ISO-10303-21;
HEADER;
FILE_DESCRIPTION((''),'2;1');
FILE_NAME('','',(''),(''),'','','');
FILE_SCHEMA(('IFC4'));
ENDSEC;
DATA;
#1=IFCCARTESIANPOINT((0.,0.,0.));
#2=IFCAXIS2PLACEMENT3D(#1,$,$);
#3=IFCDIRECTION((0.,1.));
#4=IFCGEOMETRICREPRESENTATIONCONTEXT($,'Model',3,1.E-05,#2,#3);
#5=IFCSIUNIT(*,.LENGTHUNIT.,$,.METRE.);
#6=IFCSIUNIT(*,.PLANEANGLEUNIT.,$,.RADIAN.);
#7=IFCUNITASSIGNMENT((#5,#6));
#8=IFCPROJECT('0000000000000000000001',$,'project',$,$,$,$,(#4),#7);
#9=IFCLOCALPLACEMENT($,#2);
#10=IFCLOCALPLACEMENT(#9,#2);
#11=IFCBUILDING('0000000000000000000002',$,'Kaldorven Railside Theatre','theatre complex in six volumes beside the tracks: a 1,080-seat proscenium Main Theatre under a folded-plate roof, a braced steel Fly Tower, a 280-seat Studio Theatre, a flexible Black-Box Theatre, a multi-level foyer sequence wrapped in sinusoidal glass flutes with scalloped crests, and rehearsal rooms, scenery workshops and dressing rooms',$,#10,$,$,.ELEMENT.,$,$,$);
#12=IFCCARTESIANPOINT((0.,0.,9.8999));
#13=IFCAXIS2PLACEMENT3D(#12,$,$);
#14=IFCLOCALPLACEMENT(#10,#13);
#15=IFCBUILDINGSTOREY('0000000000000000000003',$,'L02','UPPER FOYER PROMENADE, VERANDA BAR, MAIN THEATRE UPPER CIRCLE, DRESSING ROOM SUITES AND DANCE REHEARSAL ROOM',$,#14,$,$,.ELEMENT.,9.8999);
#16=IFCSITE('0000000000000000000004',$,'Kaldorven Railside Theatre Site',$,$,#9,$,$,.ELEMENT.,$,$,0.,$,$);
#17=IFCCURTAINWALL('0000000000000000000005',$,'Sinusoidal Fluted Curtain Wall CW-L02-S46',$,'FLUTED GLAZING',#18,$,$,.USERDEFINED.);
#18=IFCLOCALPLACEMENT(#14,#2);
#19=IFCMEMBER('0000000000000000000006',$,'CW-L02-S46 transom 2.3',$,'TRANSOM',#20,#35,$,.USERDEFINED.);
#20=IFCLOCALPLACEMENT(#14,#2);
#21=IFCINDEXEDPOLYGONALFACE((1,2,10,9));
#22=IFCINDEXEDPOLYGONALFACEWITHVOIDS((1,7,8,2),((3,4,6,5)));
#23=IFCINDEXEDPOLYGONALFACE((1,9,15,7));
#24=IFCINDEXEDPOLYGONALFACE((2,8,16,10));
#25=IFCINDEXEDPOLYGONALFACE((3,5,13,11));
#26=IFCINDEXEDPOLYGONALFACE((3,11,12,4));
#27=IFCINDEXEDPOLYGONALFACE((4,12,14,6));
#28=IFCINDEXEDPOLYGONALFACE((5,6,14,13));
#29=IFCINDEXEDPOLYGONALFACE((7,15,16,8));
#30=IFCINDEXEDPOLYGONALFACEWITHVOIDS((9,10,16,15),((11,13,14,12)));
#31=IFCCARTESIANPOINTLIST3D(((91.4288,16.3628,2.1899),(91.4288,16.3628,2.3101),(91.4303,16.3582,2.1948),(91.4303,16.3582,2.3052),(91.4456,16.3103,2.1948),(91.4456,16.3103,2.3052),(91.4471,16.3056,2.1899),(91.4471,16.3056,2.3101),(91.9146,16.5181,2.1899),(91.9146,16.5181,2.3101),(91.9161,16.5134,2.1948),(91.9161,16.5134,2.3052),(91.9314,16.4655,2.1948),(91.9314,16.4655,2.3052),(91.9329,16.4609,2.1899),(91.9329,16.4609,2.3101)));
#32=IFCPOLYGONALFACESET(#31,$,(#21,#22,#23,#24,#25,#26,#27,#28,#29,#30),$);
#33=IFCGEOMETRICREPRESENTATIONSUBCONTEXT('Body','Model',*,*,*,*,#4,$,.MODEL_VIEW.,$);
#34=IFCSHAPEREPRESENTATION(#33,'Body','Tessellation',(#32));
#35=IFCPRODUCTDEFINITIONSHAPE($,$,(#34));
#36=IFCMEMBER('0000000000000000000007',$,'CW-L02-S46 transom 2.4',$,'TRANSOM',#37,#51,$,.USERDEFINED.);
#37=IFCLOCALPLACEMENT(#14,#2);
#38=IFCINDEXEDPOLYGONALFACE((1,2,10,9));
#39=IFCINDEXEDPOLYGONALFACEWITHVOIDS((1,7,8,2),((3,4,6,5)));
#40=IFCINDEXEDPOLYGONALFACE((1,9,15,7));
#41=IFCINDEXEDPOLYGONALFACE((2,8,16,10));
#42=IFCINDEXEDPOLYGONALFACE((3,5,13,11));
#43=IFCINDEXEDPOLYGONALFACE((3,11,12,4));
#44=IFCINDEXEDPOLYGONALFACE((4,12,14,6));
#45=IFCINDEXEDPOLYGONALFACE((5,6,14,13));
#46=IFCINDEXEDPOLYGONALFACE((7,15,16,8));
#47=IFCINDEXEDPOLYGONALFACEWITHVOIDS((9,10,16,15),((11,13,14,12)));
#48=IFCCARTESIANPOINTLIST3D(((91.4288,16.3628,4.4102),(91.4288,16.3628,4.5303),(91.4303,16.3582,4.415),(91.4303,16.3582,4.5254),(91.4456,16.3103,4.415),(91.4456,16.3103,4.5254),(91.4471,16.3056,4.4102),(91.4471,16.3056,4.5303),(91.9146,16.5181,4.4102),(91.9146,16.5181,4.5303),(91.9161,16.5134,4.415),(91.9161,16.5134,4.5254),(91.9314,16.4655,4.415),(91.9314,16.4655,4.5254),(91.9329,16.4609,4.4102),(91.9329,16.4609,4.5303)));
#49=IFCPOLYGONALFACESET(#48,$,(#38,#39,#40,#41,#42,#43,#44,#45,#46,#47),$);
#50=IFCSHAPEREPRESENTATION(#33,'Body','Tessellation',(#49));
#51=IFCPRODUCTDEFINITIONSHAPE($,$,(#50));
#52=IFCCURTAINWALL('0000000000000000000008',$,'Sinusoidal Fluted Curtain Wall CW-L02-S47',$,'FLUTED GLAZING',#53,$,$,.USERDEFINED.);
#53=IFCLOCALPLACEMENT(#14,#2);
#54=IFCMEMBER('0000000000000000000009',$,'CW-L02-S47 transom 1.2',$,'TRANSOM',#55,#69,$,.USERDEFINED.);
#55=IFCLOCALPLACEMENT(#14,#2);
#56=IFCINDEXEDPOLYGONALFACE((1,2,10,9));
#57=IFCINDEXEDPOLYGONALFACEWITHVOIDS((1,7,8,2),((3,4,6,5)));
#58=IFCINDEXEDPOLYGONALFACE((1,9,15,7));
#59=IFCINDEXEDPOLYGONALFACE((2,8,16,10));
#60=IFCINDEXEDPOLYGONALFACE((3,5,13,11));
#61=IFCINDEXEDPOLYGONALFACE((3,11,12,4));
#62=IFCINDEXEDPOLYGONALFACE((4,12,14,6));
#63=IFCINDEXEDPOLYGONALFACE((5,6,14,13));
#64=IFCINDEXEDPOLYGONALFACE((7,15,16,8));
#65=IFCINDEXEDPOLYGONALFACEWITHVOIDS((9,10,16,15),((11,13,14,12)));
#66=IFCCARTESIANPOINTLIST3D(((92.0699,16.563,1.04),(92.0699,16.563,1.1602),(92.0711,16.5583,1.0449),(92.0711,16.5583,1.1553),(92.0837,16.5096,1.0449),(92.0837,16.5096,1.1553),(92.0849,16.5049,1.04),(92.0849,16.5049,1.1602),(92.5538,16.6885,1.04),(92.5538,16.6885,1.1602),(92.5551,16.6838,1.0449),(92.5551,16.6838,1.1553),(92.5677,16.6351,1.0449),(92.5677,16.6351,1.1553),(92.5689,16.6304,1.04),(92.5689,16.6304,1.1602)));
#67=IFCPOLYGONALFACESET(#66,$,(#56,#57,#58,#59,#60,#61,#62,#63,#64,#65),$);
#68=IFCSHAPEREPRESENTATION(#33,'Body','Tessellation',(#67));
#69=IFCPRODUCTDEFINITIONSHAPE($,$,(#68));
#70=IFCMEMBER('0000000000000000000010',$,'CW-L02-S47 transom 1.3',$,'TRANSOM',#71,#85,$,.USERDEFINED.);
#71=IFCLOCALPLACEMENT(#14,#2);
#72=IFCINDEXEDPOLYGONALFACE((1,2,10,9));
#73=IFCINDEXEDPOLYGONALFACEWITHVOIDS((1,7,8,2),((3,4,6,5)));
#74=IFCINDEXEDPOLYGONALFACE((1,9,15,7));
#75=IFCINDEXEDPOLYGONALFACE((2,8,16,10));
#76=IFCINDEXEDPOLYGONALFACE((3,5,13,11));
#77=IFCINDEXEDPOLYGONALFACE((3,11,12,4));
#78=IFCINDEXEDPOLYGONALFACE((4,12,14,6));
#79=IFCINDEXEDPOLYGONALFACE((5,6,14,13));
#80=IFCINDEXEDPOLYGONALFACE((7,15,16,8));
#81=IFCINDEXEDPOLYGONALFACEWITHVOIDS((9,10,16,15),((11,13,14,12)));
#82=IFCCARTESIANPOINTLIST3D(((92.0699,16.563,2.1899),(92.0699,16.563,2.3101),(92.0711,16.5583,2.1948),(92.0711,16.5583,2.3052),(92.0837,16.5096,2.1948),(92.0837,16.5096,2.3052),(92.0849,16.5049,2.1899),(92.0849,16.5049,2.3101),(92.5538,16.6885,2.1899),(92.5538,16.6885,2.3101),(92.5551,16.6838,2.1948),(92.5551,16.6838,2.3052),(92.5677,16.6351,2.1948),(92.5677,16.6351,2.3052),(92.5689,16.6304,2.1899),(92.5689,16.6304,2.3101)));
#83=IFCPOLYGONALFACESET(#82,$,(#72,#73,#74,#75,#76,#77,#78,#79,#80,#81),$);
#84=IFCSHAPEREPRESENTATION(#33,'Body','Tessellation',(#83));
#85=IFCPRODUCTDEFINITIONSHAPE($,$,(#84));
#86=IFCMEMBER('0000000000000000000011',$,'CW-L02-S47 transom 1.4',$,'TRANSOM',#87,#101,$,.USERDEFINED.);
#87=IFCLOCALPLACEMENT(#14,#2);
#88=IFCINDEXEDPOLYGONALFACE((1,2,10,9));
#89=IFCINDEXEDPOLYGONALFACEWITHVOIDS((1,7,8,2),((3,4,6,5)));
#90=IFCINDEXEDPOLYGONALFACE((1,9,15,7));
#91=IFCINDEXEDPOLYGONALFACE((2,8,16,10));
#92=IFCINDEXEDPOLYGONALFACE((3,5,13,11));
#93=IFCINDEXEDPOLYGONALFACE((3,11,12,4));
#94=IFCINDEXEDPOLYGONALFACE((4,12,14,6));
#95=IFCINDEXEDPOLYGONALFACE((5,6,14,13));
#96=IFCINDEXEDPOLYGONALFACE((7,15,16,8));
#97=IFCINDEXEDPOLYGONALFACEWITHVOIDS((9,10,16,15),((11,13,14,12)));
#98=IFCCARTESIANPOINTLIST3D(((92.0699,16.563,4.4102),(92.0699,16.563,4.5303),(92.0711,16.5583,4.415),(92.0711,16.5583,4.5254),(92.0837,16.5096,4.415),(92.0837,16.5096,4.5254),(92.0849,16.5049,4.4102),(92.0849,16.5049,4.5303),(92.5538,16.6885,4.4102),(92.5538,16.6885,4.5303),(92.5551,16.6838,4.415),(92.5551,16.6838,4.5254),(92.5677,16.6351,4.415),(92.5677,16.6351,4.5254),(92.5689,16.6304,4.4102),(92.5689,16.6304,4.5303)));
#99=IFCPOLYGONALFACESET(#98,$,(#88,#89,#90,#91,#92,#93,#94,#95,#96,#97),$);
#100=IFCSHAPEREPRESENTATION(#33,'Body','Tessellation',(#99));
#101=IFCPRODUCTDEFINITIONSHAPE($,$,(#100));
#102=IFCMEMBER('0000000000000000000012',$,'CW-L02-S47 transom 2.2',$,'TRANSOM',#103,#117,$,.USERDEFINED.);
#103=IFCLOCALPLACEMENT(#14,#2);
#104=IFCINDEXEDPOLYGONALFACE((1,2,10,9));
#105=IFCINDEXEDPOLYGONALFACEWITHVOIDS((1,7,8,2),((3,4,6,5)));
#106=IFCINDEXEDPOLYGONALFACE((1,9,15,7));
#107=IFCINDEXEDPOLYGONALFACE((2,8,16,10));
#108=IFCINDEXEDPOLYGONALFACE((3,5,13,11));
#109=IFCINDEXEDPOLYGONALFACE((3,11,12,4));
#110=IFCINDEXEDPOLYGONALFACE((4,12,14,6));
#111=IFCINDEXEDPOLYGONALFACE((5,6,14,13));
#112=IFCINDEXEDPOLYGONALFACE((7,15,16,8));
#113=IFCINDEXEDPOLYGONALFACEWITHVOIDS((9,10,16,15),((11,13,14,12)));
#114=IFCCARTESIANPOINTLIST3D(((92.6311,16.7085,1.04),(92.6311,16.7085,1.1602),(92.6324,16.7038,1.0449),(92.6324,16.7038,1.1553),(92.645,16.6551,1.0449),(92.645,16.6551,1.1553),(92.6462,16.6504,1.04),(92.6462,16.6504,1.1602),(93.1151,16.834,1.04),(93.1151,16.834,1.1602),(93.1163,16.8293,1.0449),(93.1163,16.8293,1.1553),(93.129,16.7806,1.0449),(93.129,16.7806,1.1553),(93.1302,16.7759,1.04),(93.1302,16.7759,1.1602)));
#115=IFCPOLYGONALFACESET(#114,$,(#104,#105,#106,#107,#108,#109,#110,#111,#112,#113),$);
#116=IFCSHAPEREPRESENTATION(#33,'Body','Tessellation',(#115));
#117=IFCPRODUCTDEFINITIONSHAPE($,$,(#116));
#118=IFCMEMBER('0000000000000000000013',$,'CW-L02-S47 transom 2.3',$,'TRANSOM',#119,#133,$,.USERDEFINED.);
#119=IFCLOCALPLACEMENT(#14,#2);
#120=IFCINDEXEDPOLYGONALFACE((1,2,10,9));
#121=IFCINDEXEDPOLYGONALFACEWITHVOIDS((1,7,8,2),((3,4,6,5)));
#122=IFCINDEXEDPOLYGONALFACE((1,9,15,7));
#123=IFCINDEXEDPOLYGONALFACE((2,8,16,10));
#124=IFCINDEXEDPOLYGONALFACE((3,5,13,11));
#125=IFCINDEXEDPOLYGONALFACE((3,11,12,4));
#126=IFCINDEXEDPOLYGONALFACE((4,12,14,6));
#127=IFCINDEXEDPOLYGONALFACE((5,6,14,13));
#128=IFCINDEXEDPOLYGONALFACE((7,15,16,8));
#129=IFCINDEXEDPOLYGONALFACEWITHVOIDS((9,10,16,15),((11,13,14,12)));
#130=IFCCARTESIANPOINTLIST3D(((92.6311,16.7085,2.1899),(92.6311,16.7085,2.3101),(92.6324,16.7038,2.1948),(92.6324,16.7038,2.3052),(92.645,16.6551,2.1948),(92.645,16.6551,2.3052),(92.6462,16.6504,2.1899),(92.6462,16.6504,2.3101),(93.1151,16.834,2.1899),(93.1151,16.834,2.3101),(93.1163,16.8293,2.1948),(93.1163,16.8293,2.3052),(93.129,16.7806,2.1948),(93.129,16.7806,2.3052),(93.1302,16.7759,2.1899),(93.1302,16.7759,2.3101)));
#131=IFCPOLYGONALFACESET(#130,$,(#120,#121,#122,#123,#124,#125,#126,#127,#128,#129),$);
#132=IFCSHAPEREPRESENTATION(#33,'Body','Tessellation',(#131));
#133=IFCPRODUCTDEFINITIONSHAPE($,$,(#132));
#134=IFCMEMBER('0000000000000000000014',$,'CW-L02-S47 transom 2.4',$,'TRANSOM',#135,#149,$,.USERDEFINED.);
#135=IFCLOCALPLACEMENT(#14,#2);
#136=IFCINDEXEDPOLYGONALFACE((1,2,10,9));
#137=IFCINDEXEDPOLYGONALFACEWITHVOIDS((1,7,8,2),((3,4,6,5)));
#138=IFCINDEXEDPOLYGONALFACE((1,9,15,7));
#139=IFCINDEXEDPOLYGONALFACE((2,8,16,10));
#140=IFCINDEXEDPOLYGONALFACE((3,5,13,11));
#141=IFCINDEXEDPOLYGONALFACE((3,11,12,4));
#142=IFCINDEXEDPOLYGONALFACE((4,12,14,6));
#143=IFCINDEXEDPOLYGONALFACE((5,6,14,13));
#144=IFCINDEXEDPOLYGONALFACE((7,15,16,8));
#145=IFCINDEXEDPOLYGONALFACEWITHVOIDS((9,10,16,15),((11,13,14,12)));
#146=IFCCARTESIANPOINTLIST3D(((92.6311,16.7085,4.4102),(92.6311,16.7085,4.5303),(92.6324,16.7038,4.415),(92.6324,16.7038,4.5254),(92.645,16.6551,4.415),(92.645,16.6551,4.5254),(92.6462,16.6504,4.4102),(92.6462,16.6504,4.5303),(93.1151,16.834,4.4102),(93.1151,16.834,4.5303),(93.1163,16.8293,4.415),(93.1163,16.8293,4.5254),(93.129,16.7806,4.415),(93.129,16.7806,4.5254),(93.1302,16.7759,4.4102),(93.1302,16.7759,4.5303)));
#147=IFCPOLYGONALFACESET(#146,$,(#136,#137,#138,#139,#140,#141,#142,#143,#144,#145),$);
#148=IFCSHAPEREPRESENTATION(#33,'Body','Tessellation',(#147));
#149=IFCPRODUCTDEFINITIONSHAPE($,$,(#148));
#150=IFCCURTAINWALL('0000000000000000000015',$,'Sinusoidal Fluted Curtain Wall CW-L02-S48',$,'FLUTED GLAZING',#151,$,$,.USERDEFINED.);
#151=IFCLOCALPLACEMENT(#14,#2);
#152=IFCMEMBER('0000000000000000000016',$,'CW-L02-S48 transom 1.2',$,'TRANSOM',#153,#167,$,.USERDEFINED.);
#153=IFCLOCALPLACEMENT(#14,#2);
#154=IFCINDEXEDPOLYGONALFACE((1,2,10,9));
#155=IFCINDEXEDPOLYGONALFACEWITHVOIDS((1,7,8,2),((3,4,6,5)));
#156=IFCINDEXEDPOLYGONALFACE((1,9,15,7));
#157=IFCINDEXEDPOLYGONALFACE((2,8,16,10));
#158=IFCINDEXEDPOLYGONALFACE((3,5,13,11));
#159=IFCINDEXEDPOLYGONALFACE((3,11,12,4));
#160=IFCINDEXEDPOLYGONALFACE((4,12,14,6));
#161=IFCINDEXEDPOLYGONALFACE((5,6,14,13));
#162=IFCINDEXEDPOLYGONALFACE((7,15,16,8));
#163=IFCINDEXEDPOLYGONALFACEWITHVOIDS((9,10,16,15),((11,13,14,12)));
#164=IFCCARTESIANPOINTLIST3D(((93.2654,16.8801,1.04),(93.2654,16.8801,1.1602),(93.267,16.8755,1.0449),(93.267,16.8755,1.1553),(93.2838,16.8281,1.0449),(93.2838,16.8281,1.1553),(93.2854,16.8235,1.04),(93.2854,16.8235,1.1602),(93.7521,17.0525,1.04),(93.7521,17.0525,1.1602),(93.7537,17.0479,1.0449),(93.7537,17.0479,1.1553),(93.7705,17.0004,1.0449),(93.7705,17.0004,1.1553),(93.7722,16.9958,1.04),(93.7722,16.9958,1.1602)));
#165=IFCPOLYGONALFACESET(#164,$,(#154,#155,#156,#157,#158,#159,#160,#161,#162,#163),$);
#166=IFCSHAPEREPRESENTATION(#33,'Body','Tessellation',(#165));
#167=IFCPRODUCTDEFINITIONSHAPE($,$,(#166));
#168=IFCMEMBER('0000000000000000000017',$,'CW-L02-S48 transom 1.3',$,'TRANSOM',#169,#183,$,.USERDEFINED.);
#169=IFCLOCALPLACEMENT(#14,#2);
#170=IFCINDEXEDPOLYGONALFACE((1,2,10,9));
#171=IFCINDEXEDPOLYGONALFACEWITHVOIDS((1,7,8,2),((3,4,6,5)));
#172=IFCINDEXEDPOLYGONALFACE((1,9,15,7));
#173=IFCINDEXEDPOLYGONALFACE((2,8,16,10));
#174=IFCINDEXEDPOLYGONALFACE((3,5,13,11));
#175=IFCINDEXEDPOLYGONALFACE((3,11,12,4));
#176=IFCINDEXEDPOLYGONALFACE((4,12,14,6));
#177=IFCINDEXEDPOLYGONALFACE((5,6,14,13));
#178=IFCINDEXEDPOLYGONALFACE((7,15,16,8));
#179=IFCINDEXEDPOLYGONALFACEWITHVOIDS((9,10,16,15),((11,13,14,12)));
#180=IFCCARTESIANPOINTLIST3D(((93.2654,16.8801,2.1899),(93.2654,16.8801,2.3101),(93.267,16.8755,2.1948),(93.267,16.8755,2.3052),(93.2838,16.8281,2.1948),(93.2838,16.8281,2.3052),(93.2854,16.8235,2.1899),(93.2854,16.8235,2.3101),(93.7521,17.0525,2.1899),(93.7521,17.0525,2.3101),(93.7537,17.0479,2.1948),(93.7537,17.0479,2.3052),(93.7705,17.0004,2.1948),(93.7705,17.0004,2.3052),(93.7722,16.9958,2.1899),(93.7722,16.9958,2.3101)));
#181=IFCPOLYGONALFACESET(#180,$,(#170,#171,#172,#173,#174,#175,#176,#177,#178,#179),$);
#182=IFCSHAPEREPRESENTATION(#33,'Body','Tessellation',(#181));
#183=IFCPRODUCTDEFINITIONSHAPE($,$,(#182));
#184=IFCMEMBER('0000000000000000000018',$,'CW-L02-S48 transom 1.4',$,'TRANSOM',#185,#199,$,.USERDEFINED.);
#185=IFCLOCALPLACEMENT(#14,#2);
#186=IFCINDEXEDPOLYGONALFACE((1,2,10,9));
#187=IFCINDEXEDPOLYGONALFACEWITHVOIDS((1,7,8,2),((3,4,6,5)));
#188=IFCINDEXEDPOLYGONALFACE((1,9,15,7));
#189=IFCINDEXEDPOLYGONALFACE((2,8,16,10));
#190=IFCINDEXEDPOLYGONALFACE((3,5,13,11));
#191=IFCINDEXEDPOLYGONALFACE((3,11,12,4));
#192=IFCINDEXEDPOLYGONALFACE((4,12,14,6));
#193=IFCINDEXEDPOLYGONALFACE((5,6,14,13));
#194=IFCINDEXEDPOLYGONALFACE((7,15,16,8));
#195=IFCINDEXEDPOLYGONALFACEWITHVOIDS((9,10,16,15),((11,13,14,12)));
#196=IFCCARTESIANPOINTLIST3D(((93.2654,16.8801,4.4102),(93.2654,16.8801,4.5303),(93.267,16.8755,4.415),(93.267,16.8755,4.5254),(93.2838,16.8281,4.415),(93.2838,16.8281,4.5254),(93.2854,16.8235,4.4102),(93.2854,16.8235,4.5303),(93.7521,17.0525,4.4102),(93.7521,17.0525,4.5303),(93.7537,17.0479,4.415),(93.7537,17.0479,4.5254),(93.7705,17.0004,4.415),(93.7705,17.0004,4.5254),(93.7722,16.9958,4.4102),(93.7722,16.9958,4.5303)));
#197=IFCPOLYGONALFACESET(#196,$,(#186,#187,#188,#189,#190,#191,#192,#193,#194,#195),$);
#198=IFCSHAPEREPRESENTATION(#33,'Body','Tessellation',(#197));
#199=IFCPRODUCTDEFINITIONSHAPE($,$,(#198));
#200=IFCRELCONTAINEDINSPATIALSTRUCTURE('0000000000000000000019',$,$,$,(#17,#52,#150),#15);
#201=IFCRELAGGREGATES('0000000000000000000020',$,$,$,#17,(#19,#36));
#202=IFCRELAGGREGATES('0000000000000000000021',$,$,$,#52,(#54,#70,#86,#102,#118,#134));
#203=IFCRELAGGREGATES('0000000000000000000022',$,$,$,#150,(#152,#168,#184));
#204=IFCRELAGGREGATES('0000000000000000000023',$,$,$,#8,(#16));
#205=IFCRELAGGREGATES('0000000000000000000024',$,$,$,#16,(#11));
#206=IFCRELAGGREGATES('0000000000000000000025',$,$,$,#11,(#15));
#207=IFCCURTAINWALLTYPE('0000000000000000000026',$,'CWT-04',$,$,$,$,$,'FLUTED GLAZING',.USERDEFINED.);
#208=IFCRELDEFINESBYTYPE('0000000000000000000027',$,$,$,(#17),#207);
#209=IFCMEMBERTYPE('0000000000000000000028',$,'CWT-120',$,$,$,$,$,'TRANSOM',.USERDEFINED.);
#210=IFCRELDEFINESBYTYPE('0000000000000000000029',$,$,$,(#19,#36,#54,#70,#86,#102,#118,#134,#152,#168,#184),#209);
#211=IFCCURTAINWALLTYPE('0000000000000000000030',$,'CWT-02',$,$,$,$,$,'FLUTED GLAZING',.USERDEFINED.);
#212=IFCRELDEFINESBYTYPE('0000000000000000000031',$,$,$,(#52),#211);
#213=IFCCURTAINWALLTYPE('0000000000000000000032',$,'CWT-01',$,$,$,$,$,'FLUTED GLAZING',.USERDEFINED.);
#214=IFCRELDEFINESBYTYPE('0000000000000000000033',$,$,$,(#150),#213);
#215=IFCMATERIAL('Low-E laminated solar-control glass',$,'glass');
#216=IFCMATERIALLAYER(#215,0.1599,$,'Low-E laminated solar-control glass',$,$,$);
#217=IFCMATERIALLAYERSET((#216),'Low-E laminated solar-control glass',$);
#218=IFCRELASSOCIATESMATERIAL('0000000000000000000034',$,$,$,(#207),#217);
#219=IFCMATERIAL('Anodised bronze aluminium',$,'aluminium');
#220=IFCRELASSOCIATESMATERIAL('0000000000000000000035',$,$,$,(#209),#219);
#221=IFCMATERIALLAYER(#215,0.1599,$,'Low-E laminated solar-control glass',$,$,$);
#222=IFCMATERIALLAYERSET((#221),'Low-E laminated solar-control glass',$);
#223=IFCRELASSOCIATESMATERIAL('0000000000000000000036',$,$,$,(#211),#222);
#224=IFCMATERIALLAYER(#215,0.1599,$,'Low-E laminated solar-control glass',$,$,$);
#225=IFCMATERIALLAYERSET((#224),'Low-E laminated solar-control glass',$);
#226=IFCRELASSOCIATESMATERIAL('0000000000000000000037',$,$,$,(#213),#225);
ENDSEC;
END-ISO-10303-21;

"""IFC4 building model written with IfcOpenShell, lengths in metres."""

from ifc_helpers import new_model, si_unit, direction, frame, origin, origin_2d, place, context, subcontext, project, spatial, hollow_rectangle, extrude, material, layer, layer_set, material_profile, profile_set, type_object, element, aggregate, save


model = new_model("IFC4")

# Units and contexts
model_context = context("Model", 3, precision=1e-05, world=origin(), true_north=direction((0.0, 1.0)))
body_context = subcontext(model_context, "Body", "Model", "MODEL_VIEW")
ifc_project = project(units=[si_unit("LENGTHUNIT", "METRE"), si_unit("PLANEANGLEUNIT", "RADIAN")], contexts=[model_context])

# Site, building, storey
site_placement = place(None, origin())
site = spatial("IfcSite", under=ifc_project, at=site_placement, Name="Kaldorven Railside Theatre Site", CompositionType="ELEMENT", RefElevation=0.0)
building_placement = place(site_placement, origin())
building = spatial("IfcBuilding", under=site, at=building_placement, Name="Kaldorven Railside Theatre", Description="theatre complex in six volumes beside the tracks: a 1,080-seat proscenium Main Theatre under a folded-plate roof, a braced steel Fly Tower, a 280-seat Studio Theatre, a flexible Black-Box Theatre, a multi-level foyer sequence wrapped in sinusoidal glass flutes with scalloped crests, and rehearsal rooms, scenery workshops and dressing rooms", CompositionType="ELEMENT")
storey_placement = place(building_placement, frame((0.0, 0.0, 9.8999)))
storey = spatial("IfcBuildingStorey", under=building, at=storey_placement, Name="L02", Description="UPPER FOYER PROMENADE, VERANDA BAR, MAIN THEATRE UPPER CIRCLE, DRESSING ROOM SUITES AND DANCE REHEARSAL ROOM", CompositionType="ELEMENT", Elevation=9.8999)

# Curtain walls, members
ifc_material_1 = material(Name="Low-E laminated solar-control glass", Category="glass")
ifc_layer_1 = layer(ifc_material_1, 0.1599, Name="Low-E laminated solar-control glass")
ifc_layer_set_1 = layer_set([ifc_layer_1], Name="Low-E laminated solar-control glass")
curtain_wall_type_1 = type_object("IfcCurtainWallType", Name="CWT-04", ElementType="FLUTED GLAZING", PredefinedType="USERDEFINED", material=ifc_layer_set_1)
curtain_wall_1_placement = place(storey_placement, origin())
curtain_wall_1 = element("IfcCurtainWall", 1, at=curtain_wall_1_placement, inside=storey, type_object=curtain_wall_type_1, Name="Sinusoidal Fluted Curtain Wall CW-L02-S46", ObjectType="FLUTED GLAZING", PredefinedType="USERDEFINED")
ifc_material_2 = material(Name="Anodised bronze aluminium", Category="aluminium")
ifc_material_profile = material_profile(ifc_material_2, hollow_rectangle(XDim=0.0601, YDim=0.1201, WallThickness=0.0049, at=origin_2d()), Name="RHS 120x60x5")
ifc_profile_set = profile_set([ifc_material_profile], Name="Anodised bronze aluminium")
member_type = type_object("IfcMemberType", Name="CWT-120", ElementType="TRANSOM", PredefinedType="USERDEFINED", material=ifc_profile_set)
member_1_placement = place(storey_placement, frame((91.438, 16.3342, 2.25), z_axis=(0.952535, 0.304428, 0.0), x_axis=(-0.304428, 0.952535, 0.0)))
member_1 = element("IfcMember", 2, at=member_1_placement, type_object=member_type, Name="CW-L02-S46 transom 2.3", ObjectType="TRANSOM", PredefinedType="USERDEFINED", context=body_context, shape_type="SweptSolid", body=[
    extrude(hollow_rectangle(XDim=0.0601, YDim=0.1201, WallThickness=0.0049, at=origin_2d()), origin(), (0.0, 0.0, 1.0), 0.51),
])
member_2_placement = place(storey_placement, frame((91.438, 16.3342, 4.4702), z_axis=(0.952535, 0.304428, 0.0), x_axis=(-0.304428, 0.952535, 0.0)))
member_2 = element("IfcMember", 3, at=member_2_placement, type_object=member_type, Name="CW-L02-S46 transom 2.4", ObjectType="TRANSOM", PredefinedType="USERDEFINED", context=body_context, shape_type="SweptSolid", body=[
    extrude(hollow_rectangle(XDim=0.0601, YDim=0.1201, WallThickness=0.0049, at=origin_2d()), origin(), (0.0, 0.0, 1.0), 0.51),
])
ifc_layer_2 = layer(ifc_material_1, 0.1599, Name="Low-E laminated solar-control glass")
ifc_layer_set_2 = layer_set([ifc_layer_2], Name="Low-E laminated solar-control glass")
curtain_wall_type_2 = type_object("IfcCurtainWallType", Name="CWT-02", ElementType="FLUTED GLAZING", PredefinedType="USERDEFINED", material=ifc_layer_set_2)
curtain_wall_2_placement = place(storey_placement, origin())
curtain_wall_2 = element("IfcCurtainWall", 4, at=curtain_wall_2_placement, inside=storey, type_object=curtain_wall_type_2, Name="Sinusoidal Fluted Curtain Wall CW-L02-S47", ObjectType="FLUTED GLAZING", PredefinedType="USERDEFINED")
member_3_placement = place(storey_placement, frame((92.0774, 16.5339, 1.1001), z_axis=(0.967979, 0.25103, 0.0), x_axis=(-0.25103, 0.967979, 0.0)))
member_3 = element("IfcMember", 5, at=member_3_placement, type_object=member_type, Name="CW-L02-S47 transom 1.2", ObjectType="TRANSOM", PredefinedType="USERDEFINED", context=body_context, shape_type="SweptSolid", body=[
    extrude(hollow_rectangle(XDim=0.0601, YDim=0.1201, WallThickness=0.0049, at=origin_2d()), origin(), (0.0, 0.0, 1.0), 0.5),
])
member_4_placement = place(storey_placement, frame((92.0774, 16.5339, 2.25), z_axis=(0.967979, 0.25103, 0.0), x_axis=(-0.25103, 0.967979, 0.0)))
member_4 = element("IfcMember", 6, at=member_4_placement, type_object=member_type, Name="CW-L02-S47 transom 1.3", ObjectType="TRANSOM", PredefinedType="USERDEFINED", context=body_context, shape_type="SweptSolid", body=[
    extrude(hollow_rectangle(XDim=0.0601, YDim=0.1201, WallThickness=0.0049, at=origin_2d()), origin(), (0.0, 0.0, 1.0), 0.5),
])
member_5_placement = place(storey_placement, frame((92.0774, 16.5339, 4.4702), z_axis=(0.967979, 0.25103, 0.0), x_axis=(-0.25103, 0.967979, 0.0)))
member_5 = element("IfcMember", 7, at=member_5_placement, type_object=member_type, Name="CW-L02-S47 transom 1.4", ObjectType="TRANSOM", PredefinedType="USERDEFINED", context=body_context, shape_type="SweptSolid", body=[
    extrude(hollow_rectangle(XDim=0.0601, YDim=0.1201, WallThickness=0.0049, at=origin_2d()), origin(), (0.0, 0.0, 1.0), 0.5),
])
member_6_placement = place(storey_placement, frame((92.6387, 16.6794, 1.1001), z_axis=(0.967979, 0.25103, 0.0), x_axis=(-0.25103, 0.967979, 0.0)))
member_6 = element("IfcMember", 8, at=member_6_placement, type_object=member_type, Name="CW-L02-S47 transom 2.2", ObjectType="TRANSOM", PredefinedType="USERDEFINED", context=body_context, shape_type="SweptSolid", body=[
    extrude(hollow_rectangle(XDim=0.0601, YDim=0.1201, WallThickness=0.0049, at=origin_2d()), origin(), (0.0, 0.0, 1.0), 0.5),
])
member_7_placement = place(storey_placement, frame((92.6387, 16.6794, 2.25), z_axis=(0.967979, 0.25103, 0.0), x_axis=(-0.25103, 0.967979, 0.0)))
member_7 = element("IfcMember", 9, at=member_7_placement, type_object=member_type, Name="CW-L02-S47 transom 2.3", ObjectType="TRANSOM", PredefinedType="USERDEFINED", context=body_context, shape_type="SweptSolid", body=[
    extrude(hollow_rectangle(XDim=0.0601, YDim=0.1201, WallThickness=0.0049, at=origin_2d()), origin(), (0.0, 0.0, 1.0), 0.5),
])
member_8_placement = place(storey_placement, frame((92.6387, 16.6794, 4.4702), z_axis=(0.967979, 0.25103, 0.0), x_axis=(-0.25103, 0.967979, 0.0)))
member_8 = element("IfcMember", 10, at=member_8_placement, type_object=member_type, Name="CW-L02-S47 transom 2.4", ObjectType="TRANSOM", PredefinedType="USERDEFINED", context=body_context, shape_type="SweptSolid", body=[
    extrude(hollow_rectangle(XDim=0.0601, YDim=0.1201, WallThickness=0.0049, at=origin_2d()), origin(), (0.0, 0.0, 1.0), 0.5),
])
ifc_layer_3 = layer(ifc_material_1, 0.1599, Name="Low-E laminated solar-control glass")
ifc_layer_set_3 = layer_set([ifc_layer_3], Name="Low-E laminated solar-control glass")
curtain_wall_type_3 = type_object("IfcCurtainWallType", Name="CWT-01", ElementType="FLUTED GLAZING", PredefinedType="USERDEFINED", material=ifc_layer_set_3)
curtain_wall_3_placement = place(storey_placement, origin())
curtain_wall_3 = element("IfcCurtainWall", 11, at=curtain_wall_3_placement, inside=storey, type_object=curtain_wall_type_3, Name="Sinusoidal Fluted Curtain Wall CW-L02-S48", ObjectType="FLUTED GLAZING", PredefinedType="USERDEFINED")
member_9_placement = place(storey_placement, frame((93.2754, 16.8518, 1.1001), z_axis=(0.942658, 0.33376, 0.0), x_axis=(-0.33376, 0.942658, 0.0)))
member_9 = element("IfcMember", 12, at=member_9_placement, type_object=member_type, Name="CW-L02-S48 transom 1.2", ObjectType="TRANSOM", PredefinedType="USERDEFINED", context=body_context, shape_type="SweptSolid", body=[
    extrude(hollow_rectangle(XDim=0.0601, YDim=0.1201, WallThickness=0.0049, at=origin_2d()), origin(), (0.0, 0.0, 1.0), 0.5164),
])
member_10_placement = place(storey_placement, frame((93.2754, 16.8518, 2.25), z_axis=(0.942658, 0.33376, 0.0), x_axis=(-0.33376, 0.942658, 0.0)))
member_10 = element("IfcMember", 13, at=member_10_placement, type_object=member_type, Name="CW-L02-S48 transom 1.3", ObjectType="TRANSOM", PredefinedType="USERDEFINED", context=body_context, shape_type="SweptSolid", body=[
    extrude(hollow_rectangle(XDim=0.0601, YDim=0.1201, WallThickness=0.0049, at=origin_2d()), origin(), (0.0, 0.0, 1.0), 0.5164),
])
member_11_placement = place(storey_placement, frame((93.2754, 16.8518, 4.4702), z_axis=(0.942658, 0.33376, 0.0), x_axis=(-0.33376, 0.942658, 0.0)))
member_11 = element("IfcMember", 14, at=member_11_placement, type_object=member_type, Name="CW-L02-S48 transom 1.4", ObjectType="TRANSOM", PredefinedType="USERDEFINED", context=body_context, shape_type="SweptSolid", body=[
    extrude(hollow_rectangle(XDim=0.0601, YDim=0.1201, WallThickness=0.0049, at=origin_2d()), origin(), (0.0, 0.0, 1.0), 0.5164),
])

aggregate(curtain_wall_1, [member_1, member_2])
aggregate(curtain_wall_2, [member_3, member_4, member_5, member_6, member_7, member_8])
aggregate(curtain_wall_3, [member_9, member_10, member_11])

save(model, "model.ifc")
